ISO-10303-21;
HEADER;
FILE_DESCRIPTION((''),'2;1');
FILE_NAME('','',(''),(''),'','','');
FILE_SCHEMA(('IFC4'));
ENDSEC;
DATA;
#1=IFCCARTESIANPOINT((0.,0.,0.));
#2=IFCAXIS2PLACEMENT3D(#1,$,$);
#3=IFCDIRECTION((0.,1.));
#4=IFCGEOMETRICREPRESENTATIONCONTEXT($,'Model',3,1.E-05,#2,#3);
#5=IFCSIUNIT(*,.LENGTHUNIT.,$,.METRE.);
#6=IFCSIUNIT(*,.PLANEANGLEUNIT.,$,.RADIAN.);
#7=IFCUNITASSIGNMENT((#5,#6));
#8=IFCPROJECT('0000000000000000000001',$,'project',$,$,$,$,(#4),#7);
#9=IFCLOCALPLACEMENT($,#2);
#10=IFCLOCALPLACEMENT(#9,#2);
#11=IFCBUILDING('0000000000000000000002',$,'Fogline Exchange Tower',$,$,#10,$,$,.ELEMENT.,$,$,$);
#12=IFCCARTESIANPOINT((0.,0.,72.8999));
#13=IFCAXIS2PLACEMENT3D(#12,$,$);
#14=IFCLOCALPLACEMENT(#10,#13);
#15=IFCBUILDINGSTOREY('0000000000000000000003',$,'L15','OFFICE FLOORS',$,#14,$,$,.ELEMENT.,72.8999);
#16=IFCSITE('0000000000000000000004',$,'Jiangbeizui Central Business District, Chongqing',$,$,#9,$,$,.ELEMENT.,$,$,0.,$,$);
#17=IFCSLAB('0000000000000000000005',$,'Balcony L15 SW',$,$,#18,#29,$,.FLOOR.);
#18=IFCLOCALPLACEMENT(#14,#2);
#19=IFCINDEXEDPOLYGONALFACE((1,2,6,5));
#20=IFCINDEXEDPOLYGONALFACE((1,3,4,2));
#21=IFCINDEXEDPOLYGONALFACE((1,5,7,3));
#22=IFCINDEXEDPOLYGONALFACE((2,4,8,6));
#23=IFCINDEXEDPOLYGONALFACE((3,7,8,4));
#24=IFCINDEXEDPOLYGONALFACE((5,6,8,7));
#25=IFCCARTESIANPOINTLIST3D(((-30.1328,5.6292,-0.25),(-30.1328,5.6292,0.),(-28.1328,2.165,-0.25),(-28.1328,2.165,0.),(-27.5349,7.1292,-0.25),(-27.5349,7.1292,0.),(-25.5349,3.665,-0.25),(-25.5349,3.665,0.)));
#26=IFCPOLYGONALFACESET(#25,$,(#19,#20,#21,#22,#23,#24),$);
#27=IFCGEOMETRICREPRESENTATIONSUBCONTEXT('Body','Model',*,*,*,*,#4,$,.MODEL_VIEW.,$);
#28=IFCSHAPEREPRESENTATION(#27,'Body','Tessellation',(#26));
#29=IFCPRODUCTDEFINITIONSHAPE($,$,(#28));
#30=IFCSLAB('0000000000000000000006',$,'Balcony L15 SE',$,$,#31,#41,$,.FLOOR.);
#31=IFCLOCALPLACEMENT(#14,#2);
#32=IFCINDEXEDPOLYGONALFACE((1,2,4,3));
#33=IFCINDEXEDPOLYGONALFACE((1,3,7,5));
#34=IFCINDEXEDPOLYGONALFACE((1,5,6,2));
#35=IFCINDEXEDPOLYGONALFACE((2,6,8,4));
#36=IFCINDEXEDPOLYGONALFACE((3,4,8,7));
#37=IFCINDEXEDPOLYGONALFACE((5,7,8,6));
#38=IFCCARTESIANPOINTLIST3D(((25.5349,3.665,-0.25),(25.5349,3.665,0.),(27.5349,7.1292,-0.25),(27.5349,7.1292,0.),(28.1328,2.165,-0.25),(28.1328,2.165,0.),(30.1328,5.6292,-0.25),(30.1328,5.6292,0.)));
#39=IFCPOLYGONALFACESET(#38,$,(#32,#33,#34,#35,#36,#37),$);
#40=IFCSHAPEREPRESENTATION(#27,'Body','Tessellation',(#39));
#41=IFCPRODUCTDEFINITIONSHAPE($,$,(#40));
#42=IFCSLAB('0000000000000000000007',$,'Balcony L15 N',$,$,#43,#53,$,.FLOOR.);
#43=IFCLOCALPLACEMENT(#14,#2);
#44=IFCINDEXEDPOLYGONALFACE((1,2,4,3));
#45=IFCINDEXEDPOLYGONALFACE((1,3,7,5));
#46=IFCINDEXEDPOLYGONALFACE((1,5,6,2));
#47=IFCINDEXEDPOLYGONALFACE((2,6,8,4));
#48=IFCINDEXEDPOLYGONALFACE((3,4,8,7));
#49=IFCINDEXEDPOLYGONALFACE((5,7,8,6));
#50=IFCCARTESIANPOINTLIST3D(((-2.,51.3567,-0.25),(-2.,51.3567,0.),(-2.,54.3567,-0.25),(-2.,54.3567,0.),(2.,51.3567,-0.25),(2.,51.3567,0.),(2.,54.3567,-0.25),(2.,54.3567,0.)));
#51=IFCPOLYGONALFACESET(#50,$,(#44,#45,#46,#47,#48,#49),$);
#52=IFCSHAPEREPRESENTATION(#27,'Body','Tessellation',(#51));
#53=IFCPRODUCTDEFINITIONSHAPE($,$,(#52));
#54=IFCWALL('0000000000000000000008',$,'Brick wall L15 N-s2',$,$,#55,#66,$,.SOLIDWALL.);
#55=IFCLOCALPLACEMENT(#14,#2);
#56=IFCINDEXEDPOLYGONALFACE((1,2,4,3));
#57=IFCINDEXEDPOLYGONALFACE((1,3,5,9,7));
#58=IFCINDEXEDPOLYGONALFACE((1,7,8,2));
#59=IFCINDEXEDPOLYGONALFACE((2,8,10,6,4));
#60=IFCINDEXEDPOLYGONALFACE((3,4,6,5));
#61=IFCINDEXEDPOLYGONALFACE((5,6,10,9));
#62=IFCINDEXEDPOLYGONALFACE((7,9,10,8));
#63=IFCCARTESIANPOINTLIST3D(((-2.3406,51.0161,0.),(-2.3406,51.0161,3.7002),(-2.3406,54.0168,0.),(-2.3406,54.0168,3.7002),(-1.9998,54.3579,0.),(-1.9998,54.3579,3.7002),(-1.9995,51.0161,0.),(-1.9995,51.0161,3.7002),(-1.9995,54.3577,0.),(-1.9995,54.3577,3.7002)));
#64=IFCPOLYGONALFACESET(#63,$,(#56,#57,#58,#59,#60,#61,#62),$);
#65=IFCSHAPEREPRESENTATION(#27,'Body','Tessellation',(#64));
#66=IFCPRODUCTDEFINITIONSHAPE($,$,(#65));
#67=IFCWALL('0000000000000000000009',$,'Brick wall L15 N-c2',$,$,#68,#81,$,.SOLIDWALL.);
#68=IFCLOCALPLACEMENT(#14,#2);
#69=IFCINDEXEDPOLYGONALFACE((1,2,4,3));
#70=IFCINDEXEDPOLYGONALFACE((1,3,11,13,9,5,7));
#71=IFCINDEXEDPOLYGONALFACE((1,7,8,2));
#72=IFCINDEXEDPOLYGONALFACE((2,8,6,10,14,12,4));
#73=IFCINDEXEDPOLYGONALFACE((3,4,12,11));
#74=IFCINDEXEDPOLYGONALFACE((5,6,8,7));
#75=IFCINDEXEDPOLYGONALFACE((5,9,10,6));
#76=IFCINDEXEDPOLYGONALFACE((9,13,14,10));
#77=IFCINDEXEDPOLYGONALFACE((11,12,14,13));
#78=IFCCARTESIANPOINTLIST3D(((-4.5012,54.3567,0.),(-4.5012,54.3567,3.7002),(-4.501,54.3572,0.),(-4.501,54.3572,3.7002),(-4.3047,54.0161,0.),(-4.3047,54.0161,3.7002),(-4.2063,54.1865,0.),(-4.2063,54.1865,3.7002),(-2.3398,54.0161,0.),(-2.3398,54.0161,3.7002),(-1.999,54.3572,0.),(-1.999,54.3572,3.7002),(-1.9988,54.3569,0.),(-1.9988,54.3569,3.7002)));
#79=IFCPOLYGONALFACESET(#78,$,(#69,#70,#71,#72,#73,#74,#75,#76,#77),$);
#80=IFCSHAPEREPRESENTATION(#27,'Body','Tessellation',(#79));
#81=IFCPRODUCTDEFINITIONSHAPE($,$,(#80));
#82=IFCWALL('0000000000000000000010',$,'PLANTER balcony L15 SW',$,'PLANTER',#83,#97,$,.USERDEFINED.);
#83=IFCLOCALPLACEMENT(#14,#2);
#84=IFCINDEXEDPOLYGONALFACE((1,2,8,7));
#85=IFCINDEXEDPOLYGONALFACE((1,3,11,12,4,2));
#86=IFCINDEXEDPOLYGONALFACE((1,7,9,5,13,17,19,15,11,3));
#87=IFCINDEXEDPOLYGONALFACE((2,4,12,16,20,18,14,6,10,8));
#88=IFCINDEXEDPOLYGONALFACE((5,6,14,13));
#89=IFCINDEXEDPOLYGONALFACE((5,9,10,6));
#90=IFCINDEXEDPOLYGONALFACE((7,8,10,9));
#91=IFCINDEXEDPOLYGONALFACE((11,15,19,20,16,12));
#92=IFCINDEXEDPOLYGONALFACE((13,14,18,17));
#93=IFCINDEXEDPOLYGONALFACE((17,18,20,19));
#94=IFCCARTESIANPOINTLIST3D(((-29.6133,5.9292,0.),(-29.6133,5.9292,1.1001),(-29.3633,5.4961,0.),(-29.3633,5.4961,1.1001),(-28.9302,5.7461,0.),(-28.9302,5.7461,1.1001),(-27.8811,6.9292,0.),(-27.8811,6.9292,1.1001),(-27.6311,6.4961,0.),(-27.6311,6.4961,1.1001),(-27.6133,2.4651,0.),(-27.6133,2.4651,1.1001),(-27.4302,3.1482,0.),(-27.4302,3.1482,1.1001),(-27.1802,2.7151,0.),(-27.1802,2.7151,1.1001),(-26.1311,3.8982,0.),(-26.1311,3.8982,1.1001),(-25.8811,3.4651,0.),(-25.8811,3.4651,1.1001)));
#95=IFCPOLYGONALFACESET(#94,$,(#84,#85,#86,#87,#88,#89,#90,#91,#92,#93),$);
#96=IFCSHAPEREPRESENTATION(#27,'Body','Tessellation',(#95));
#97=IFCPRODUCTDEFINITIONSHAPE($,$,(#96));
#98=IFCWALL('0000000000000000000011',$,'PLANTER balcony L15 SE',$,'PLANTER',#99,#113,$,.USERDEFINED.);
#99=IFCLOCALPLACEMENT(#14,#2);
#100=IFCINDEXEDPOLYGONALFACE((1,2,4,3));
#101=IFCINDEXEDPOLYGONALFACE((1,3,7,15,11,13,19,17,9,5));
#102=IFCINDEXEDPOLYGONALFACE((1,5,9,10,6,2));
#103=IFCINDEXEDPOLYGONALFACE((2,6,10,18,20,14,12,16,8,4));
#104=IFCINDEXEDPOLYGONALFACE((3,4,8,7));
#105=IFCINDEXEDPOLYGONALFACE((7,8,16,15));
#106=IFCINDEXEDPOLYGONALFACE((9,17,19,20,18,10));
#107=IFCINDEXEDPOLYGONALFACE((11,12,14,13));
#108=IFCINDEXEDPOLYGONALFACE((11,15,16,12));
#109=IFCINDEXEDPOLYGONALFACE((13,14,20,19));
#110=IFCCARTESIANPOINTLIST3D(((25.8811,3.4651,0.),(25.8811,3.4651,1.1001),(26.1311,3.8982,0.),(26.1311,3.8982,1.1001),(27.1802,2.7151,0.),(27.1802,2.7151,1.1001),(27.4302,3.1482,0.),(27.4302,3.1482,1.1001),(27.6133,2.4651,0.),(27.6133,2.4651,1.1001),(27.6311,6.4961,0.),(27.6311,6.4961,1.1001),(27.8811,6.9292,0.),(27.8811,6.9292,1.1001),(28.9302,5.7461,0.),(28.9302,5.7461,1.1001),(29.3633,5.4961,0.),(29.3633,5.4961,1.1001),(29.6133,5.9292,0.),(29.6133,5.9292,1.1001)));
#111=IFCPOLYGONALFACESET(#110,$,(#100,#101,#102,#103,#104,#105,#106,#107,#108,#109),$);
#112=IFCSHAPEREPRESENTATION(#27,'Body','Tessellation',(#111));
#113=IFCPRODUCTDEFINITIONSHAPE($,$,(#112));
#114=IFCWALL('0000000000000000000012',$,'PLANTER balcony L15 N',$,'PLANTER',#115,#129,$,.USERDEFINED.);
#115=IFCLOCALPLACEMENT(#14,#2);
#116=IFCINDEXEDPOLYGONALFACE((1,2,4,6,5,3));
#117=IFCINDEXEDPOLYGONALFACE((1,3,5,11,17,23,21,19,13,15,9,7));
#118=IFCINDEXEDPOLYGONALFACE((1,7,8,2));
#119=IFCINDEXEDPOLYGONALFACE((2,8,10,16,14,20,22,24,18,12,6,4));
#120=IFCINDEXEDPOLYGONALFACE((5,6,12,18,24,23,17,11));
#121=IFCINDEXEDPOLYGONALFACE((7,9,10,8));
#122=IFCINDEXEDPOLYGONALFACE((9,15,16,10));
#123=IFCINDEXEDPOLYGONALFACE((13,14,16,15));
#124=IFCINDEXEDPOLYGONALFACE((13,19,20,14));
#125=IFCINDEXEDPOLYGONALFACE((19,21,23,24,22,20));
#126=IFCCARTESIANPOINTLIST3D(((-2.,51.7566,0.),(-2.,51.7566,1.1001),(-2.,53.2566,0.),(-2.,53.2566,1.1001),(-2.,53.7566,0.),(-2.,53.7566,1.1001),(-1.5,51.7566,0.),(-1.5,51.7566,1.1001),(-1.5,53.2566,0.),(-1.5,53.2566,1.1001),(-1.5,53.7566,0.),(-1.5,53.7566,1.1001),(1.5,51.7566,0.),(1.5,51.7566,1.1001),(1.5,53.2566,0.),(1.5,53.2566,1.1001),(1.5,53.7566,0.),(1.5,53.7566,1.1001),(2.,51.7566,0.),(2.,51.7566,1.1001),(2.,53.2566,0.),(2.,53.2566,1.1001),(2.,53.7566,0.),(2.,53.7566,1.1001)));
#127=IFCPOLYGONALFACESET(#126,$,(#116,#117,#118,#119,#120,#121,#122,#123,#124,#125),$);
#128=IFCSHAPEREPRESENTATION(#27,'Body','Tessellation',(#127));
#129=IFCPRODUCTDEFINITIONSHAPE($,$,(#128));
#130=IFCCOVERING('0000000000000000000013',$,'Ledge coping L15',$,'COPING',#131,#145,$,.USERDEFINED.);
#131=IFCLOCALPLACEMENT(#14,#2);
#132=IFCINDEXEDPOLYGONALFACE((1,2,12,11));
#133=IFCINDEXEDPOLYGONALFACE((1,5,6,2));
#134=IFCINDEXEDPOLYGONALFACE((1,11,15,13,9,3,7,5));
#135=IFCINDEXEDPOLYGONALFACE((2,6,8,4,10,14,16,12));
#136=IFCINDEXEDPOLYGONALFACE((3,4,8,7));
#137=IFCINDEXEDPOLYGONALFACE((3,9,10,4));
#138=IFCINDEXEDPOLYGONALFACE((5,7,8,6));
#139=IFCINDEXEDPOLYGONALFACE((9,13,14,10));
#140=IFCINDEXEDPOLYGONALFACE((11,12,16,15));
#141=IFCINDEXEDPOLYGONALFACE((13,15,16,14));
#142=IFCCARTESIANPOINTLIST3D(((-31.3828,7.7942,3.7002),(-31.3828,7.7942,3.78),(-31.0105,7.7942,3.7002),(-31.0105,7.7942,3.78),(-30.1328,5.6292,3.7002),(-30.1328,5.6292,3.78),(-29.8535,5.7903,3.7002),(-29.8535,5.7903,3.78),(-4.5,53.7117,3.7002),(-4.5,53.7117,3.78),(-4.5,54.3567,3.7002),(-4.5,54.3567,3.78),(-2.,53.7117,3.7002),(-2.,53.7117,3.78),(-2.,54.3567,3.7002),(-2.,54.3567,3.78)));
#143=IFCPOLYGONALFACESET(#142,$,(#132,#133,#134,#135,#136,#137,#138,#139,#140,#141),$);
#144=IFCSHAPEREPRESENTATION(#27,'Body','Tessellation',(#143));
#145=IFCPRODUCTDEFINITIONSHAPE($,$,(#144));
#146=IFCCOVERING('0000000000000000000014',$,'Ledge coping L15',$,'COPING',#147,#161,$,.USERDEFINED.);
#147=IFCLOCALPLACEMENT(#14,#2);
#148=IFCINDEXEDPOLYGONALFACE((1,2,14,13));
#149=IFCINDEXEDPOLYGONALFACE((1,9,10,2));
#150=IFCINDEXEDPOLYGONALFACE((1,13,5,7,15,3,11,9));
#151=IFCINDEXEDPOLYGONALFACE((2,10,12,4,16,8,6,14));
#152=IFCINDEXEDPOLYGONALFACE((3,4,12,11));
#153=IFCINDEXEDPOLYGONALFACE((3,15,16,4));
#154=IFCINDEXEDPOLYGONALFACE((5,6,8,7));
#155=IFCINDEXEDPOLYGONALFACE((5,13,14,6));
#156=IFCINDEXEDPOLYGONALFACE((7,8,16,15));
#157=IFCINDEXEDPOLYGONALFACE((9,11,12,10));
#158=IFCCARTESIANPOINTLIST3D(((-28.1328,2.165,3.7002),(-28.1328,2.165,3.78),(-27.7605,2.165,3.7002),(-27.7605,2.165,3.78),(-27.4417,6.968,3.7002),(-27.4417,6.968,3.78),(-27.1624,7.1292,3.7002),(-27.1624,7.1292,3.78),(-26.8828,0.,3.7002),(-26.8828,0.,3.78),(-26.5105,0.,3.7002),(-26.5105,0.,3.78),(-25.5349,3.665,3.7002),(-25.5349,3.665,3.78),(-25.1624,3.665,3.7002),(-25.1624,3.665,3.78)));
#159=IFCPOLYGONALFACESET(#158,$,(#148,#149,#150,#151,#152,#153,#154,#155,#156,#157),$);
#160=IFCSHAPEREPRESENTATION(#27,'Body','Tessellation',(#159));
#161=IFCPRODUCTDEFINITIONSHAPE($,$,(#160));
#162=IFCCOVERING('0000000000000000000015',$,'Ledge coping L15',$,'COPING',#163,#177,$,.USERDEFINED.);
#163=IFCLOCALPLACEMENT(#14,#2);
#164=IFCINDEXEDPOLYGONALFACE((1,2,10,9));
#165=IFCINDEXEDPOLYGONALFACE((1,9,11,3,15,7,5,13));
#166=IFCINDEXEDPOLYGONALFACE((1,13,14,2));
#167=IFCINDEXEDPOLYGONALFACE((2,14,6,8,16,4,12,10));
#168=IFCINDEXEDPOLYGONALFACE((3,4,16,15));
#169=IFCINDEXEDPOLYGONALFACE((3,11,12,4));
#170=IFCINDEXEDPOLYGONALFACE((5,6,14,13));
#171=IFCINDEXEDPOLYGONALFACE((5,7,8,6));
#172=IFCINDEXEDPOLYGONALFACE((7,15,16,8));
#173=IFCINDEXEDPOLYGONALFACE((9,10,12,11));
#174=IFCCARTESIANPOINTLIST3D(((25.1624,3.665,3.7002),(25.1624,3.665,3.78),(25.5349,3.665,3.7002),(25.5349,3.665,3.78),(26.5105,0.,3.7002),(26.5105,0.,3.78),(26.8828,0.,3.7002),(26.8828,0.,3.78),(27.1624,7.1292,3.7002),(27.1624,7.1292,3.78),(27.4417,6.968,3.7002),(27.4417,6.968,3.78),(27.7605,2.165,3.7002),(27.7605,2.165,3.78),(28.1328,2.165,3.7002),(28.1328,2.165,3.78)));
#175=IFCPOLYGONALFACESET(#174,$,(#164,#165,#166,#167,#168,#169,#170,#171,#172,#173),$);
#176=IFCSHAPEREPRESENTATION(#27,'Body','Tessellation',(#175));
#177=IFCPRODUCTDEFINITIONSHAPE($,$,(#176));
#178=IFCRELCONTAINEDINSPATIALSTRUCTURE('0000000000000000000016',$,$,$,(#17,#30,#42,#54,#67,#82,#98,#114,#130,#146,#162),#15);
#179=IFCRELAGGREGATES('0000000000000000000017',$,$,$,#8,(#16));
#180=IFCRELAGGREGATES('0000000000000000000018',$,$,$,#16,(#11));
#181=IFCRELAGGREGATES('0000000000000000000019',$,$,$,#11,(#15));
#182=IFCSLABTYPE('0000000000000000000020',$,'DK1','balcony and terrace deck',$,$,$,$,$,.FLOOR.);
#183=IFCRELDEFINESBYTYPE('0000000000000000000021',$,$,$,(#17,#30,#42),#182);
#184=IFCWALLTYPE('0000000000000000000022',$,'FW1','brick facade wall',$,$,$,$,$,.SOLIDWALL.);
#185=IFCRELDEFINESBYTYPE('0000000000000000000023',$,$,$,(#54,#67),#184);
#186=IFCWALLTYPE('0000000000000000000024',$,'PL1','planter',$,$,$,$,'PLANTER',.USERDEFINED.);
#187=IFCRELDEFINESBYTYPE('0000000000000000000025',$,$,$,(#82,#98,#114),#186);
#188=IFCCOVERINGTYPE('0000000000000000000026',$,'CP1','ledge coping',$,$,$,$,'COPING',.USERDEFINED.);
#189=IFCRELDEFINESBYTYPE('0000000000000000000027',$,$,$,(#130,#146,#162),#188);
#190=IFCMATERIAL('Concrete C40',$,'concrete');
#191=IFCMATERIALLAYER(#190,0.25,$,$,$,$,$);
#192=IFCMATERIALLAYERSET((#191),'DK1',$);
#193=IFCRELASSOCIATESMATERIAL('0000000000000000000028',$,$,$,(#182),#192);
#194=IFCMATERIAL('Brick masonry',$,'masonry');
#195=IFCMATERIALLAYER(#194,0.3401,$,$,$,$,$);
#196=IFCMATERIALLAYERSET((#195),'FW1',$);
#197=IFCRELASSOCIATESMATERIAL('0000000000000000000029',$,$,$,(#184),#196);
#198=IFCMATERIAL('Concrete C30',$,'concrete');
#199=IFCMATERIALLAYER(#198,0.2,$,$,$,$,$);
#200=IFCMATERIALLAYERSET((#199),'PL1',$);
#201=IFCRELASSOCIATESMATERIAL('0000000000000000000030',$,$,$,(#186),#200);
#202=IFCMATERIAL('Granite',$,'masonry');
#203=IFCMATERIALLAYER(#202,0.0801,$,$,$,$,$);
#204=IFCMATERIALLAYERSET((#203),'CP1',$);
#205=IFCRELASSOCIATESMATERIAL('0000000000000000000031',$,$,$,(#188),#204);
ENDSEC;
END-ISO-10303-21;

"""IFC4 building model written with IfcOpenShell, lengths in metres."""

from ifc_helpers import new_model, si_unit, direction, frame, origin, place, context, subcontext, project, spatial, polyline, outline, extrude, material, layer, layer_set, type_object, element, save


model = new_model("IFC4")

# Units and contexts
model_context = context("Model", 3, precision=1e-05, world=origin(), true_north=direction((0.0, 1.0)))
body_context = subcontext(model_context, "Body", "Model", "MODEL_VIEW")
ifc_project = project(units=[si_unit("LENGTHUNIT", "METRE"), si_unit("PLANEANGLEUNIT", "RADIAN")], contexts=[model_context])

# Site, building, storey
site_placement = place(None, origin())
site = spatial("IfcSite", under=ifc_project, at=site_placement, Name="Jiangbeizui Central Business District, Chongqing", CompositionType="ELEMENT", RefElevation=0.0)
building_placement = place(site_placement, origin())
building = spatial("IfcBuilding", under=site, at=building_placement, Name="Fogline Exchange Tower", CompositionType="ELEMENT")
storey_placement = place(building_placement, frame((0.0, 0.0, 72.8999)))
storey = spatial("IfcBuildingStorey", under=building, at=storey_placement, Name="L15", Description="OFFICE FLOORS", CompositionType="ELEMENT", Elevation=72.8999)

# Slabs
ifc_material_1 = material(Name="Concrete C40", Category="concrete")
ifc_layer_1 = layer(ifc_material_1, 0.25)
ifc_layer_set_1 = layer_set([ifc_layer_1], Name="DK1")
slab_type = type_object("IfcSlabType", Name="DK1", Description="balcony and terrace deck", PredefinedType="FLOOR", material=ifc_layer_set_1)
slab_1_placement = place(storey_placement, frame((0.0, 0.0, -0.25)))
element("IfcSlab", 1, at=slab_1_placement, inside=storey, type_object=slab_type, Name="Balcony L15 SW", PredefinedType="FLOOR", context=body_context, shape_type="SweptSolid", body=[
    extrude(outline(polyline([(-30.1328, 5.6292), (-28.1328, 2.165), (-25.5349, 3.665), (-27.5349, 7.1292), (-30.1328, 5.6292)])), origin(), (0.0, 0.0, 1.0), 0.25),
])
slab_2_placement = place(storey_placement, frame((0.0, 0.0, -0.25)))
element("IfcSlab", 2, at=slab_2_placement, inside=storey, type_object=slab_type, Name="Balcony L15 SE", PredefinedType="FLOOR", context=body_context, shape_type="SweptSolid", body=[
    extrude(outline(polyline([(28.1328, 2.165), (30.1328, 5.6292), (27.5349, 7.1292), (25.5349, 3.665), (28.1328, 2.165)])), origin(), (0.0, 0.0, 1.0), 0.25),
])
slab_3_placement = place(storey_placement, frame((0.0, 0.0, -0.25)))
element("IfcSlab", 3, at=slab_3_placement, inside=storey, type_object=slab_type, Name="Balcony L15 N", PredefinedType="FLOOR", context=body_context, shape_type="SweptSolid", body=[
    extrude(outline(polyline([(2.0, 54.3567), (-2.0, 54.3567), (-2.0, 51.3567), (2.0, 51.3567), (2.0, 54.3567)])), origin(), (0.0, 0.0, 1.0), 0.25),
])

# Walls
ifc_material_2 = material(Name="Brick masonry", Category="masonry")
ifc_layer_2 = layer(ifc_material_2, 0.3401)
ifc_layer_set_2 = layer_set([ifc_layer_2], Name="FW1")
wall_type_1 = type_object("IfcWallType", Name="FW1", Description="brick facade wall", PredefinedType="SOLIDWALL", material=ifc_layer_set_2)
wall_1_placement = place(storey_placement, origin())
element("IfcWall", 4, at=wall_1_placement, inside=storey, type_object=wall_type_1, Name="Brick wall L15 N-s2", PredefinedType="SOLIDWALL", context=body_context, shape_type="SweptSolid", body=[
    extrude(outline(polyline([(-1.9995, 54.3577), (-1.9995, 51.0161), (-2.3406, 51.0161), (-2.3406, 54.0168), (-1.9998, 54.3579), (-1.9995, 54.3577)])), origin(), (0.0, 0.0, 1.0), 3.7002),
])
wall_2_placement = place(storey_placement, origin())
element("IfcWall", 5, at=wall_2_placement, inside=storey, type_object=wall_type_1, Name="Brick wall L15 N-c2", PredefinedType="SOLIDWALL", context=body_context, shape_type="SweptSolid", body=[
    extrude(outline(polyline([(-4.3047, 54.0161), (-4.2063, 54.1865), (-4.5012, 54.3567), (-4.501, 54.3572), (-1.999, 54.3572), (-1.9988, 54.3569), (-2.3398, 54.0161), (-4.3047, 54.0161)])), origin(), (0.0, 0.0, 1.0), 3.7002),
])
ifc_material_3 = material(Name="Concrete C30", Category="concrete")
ifc_layer_3 = layer(ifc_material_3, 0.2)
ifc_layer_set_3 = layer_set([ifc_layer_3], Name="PL1")
wall_type_2 = type_object("IfcWallType", Name="PL1", Description="planter", ElementType="PLANTER", PredefinedType="USERDEFINED", material=ifc_layer_set_3)
wall_3_placement = place(storey_placement, origin())
element("IfcWall", 6, at=wall_3_placement, inside=storey, type_object=wall_type_2, Name="PLANTER balcony L15 SW", ObjectType="PLANTER", PredefinedType="USERDEFINED", context=body_context, shape_type="SweptSolid", body=[
    extrude(outline(polyline([(-26.1311, 3.8982), (-27.4302, 3.1482), (-28.9302, 5.7461), (-27.6311, 6.4961), (-27.8811, 6.9292), (-29.6133, 5.9292), (-29.3633, 5.4961), (-27.6133, 2.4651), (-27.1802, 2.7151), (-27.1802, 2.7151), (-25.8811, 3.4651), (-26.1311, 3.8982)])), origin(), (0.0, 0.0, 1.0), 1.1001),
])
wall_4_placement = place(storey_placement, origin())
element("IfcWall", 7, at=wall_4_placement, inside=storey, type_object=wall_type_2, Name="PLANTER balcony L15 SE", ObjectType="PLANTER", PredefinedType="USERDEFINED", context=body_context, shape_type="SweptSolid", body=[
    extrude(outline(polyline([(25.8811, 3.4651), (27.1802, 2.7151), (27.1802, 2.7151), (27.6133, 2.4651), (29.3633, 5.4961), (29.6133, 5.9292), (27.8811, 6.9292), (27.6311, 6.4961), (28.9302, 5.7461), (27.4302, 3.1482), (26.1311, 3.8982), (25.8811, 3.4651)])), origin(), (0.0, 0.0, 1.0), 1.1001),
])
wall_5_placement = place(storey_placement, origin())
element("IfcWall", 8, at=wall_5_placement, inside=storey, type_object=wall_type_2, Name="PLANTER balcony L15 N", ObjectType="PLANTER", PredefinedType="USERDEFINED", context=body_context, shape_type="SweptSolid", body=[
    extrude(outline(polyline([(-1.5, 53.7566), (-2.0, 53.7566), (-2.0, 53.2566), (-2.0, 51.7566), (-1.5, 51.7566), (-1.5, 53.2566), (1.5, 53.2566), (1.5, 51.7566), (2.0, 51.7566), (2.0, 53.2566), (2.0, 53.7566), (1.5, 53.7566), (-1.5, 53.7566)])), origin(), (0.0, 0.0, 1.0), 1.1001),
])

# Coverings
ifc_material_4 = material(Name="Granite", Category="masonry")
ifc_layer_4 = layer(ifc_material_4, 0.0801)
ifc_layer_set_4 = layer_set([ifc_layer_4], Name="CP1")
covering_type_1 = type_object("IfcCoveringType", Name="CP1", Description="ledge coping", ElementType="COPING", PredefinedType="USERDEFINED", material=ifc_layer_set_4)
covering_1_placement = place(storey_placement, frame((0.0, 0.0, 3.7002)))
element("IfcCovering", 9, at=covering_1_placement, inside=storey, type_object=covering_type_1, Name="Ledge coping L15", ObjectType="COPING", PredefinedType="USERDEFINED", context=body_context, shape_type="SweptSolid", body=[
    extrude(outline(polyline([(-30.1328, 5.6292), (-29.8535, 5.7903), (-31.0105, 7.7942), (-4.5, 53.7117), (-2.0, 53.7117), (-2.0, 54.3567), (-4.5, 54.3567), (-31.3828, 7.7942), (-30.1328, 5.6292)])), origin(), (0.0, 0.0, 1.0), 0.0798),
])
covering_2_placement = place(storey_placement, frame((0.0, 0.0, 3.7002)))
element("IfcCovering", 10, at=covering_2_placement, inside=storey, type_object=covering_type_1, Name="Ledge coping L15", ObjectType="COPING", PredefinedType="USERDEFINED", context=body_context, shape_type="SweptSolid", body=[
    extrude(outline(polyline([(-26.8828, 0.0), (-26.5105, 0.0), (-27.7605, 2.165), (-25.1624, 3.665), (-27.1624, 7.1292), (-27.4417, 6.968), (-25.5349, 3.665), (-28.1328, 2.165), (-26.8828, 0.0)])), origin(), (0.0, 0.0, 1.0), 0.0798),
])
covering_3_placement = place(storey_placement, frame((0.0, 0.0, 3.7002)))
element("IfcCovering", 11, at=covering_3_placement, inside=storey, type_object=covering_type_1, Name="Ledge coping L15", ObjectType="COPING", PredefinedType="USERDEFINED", context=body_context, shape_type="SweptSolid", body=[
    extrude(outline(polyline([(25.5349, 3.665), (27.4417, 6.968), (27.1624, 7.1292), (25.1624, 3.665), (27.7605, 2.165), (26.5105, 0.0), (26.8828, 0.0), (28.1328, 2.165), (25.5349, 3.665)])), origin(), (0.0, 0.0, 1.0), 0.0798),
])

save(model, "model.ifc")
